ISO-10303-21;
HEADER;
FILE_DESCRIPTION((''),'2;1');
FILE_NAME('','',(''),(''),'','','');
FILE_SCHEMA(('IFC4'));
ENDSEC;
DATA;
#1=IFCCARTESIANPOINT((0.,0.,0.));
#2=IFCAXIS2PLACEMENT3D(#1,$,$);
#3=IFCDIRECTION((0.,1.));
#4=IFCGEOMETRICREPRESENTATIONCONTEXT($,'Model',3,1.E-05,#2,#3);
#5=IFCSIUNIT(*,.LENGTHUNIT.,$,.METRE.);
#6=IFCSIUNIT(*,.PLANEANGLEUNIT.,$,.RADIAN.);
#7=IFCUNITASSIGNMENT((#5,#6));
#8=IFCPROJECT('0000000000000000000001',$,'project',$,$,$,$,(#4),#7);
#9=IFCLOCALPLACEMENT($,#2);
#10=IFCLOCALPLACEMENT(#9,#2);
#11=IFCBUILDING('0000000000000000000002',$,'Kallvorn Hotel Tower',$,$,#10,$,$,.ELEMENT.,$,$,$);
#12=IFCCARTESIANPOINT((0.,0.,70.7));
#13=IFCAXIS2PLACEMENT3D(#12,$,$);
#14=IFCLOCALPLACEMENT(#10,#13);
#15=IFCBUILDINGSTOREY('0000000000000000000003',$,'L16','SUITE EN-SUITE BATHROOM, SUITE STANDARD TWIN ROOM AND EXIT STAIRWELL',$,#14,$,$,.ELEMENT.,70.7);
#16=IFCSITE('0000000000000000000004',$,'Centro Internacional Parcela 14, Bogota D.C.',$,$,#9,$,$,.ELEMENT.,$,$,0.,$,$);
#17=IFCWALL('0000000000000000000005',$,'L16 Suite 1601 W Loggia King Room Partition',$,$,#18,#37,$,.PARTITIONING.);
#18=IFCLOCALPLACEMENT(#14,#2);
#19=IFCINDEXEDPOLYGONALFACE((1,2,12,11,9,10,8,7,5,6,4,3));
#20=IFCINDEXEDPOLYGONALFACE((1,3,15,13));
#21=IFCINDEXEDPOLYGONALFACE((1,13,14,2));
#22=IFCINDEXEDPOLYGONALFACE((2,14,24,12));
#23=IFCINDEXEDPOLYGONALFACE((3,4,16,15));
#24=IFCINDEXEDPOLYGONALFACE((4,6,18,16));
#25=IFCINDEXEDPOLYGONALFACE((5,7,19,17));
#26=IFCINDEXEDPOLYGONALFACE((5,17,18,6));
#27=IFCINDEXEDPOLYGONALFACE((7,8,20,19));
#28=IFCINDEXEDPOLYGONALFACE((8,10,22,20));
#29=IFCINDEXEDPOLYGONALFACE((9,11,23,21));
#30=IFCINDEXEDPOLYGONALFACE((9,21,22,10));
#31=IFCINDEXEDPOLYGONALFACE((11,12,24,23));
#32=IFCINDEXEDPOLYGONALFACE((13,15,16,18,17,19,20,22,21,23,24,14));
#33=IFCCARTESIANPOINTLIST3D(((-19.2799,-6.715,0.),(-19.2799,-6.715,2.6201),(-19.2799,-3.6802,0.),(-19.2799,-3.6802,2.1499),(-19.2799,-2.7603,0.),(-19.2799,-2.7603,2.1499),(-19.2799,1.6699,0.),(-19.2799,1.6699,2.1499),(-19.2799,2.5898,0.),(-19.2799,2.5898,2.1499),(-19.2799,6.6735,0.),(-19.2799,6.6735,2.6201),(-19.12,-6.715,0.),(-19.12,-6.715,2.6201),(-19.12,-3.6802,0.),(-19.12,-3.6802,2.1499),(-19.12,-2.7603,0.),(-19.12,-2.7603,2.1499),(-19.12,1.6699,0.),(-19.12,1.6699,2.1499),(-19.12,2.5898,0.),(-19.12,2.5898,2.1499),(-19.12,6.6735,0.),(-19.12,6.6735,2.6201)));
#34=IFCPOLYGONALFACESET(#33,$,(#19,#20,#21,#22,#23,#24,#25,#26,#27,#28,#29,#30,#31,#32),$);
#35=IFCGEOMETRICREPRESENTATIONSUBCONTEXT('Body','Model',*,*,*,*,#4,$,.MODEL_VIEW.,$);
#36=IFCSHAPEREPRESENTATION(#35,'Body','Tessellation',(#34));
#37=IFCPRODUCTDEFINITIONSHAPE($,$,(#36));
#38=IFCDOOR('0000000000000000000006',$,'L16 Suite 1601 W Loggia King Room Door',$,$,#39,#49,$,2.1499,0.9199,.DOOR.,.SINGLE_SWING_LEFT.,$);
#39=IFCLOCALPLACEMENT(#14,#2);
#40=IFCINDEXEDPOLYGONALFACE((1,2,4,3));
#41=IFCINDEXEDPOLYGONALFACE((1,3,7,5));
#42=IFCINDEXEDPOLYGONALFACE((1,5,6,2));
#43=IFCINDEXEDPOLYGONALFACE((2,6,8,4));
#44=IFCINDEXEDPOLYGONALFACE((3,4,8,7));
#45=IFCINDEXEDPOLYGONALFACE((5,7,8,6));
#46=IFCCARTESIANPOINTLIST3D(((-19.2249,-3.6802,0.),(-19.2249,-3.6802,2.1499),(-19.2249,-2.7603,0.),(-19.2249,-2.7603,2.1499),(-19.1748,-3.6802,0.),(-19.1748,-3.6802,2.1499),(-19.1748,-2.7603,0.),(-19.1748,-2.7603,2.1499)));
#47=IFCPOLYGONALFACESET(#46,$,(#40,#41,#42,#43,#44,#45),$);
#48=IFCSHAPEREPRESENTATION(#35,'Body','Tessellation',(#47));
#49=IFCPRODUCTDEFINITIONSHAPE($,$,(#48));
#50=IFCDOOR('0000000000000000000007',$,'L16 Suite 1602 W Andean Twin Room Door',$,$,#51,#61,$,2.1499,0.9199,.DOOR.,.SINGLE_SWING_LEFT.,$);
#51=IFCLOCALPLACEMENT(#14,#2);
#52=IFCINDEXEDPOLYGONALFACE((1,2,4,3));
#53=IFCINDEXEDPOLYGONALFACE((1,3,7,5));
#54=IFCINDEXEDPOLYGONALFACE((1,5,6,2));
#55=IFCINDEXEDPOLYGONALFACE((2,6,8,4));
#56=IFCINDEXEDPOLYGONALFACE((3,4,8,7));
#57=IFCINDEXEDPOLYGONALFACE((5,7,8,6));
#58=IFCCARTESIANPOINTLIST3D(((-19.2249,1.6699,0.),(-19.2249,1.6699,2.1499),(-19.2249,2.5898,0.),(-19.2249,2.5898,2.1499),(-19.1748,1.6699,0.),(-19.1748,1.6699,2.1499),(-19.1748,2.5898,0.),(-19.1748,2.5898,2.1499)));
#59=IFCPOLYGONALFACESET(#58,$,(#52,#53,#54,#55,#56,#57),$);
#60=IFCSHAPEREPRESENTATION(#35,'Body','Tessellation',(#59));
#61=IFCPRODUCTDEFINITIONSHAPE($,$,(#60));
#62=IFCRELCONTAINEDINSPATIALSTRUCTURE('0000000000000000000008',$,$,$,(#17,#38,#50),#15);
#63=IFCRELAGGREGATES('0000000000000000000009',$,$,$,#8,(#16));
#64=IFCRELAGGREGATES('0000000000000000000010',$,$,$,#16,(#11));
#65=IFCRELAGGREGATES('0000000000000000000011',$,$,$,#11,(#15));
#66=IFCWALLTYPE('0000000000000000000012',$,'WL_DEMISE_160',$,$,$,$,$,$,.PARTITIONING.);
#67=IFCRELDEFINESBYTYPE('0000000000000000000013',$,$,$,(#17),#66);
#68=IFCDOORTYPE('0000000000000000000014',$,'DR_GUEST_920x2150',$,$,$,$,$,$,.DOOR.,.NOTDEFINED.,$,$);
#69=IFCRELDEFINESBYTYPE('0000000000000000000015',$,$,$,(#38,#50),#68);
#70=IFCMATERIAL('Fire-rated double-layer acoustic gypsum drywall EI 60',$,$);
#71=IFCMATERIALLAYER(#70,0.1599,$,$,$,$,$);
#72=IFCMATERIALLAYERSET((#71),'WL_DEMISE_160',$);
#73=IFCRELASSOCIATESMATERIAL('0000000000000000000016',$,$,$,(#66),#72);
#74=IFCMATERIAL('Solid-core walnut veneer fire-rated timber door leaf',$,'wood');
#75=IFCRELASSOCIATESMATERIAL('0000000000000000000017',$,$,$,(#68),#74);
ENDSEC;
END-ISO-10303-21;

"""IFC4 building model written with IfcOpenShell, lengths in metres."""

from ifc_helpers import new_model, si_unit, direction, frame, frame_2d, origin, place, context, subcontext, project, spatial, rectangle, extrude, material, layer, layer_set, type_object, element, fill, save


model = new_model("IFC4")

# Units and contexts
model_context = context("Model", 3, precision=1e-05, world=origin(), true_north=direction((0.0, 1.0)))
body_context = subcontext(model_context, "Body", "Model", "MODEL_VIEW")
ifc_project = project(units=[si_unit("LENGTHUNIT", "METRE"), si_unit("PLANEANGLEUNIT", "RADIAN")], contexts=[model_context])

# Site, building, storey
site_placement = place(None, origin())
site = spatial("IfcSite", under=ifc_project, at=site_placement, Name="Centro Internacional Parcela 14, Bogota D.C.", CompositionType="ELEMENT", RefElevation=0.0)
building_placement = place(site_placement, origin())
building = spatial("IfcBuilding", under=site, at=building_placement, Name="Kallvorn Hotel Tower", CompositionType="ELEMENT")
storey_placement = place(building_placement, frame((0.0, 0.0, 70.7)))
storey = spatial("IfcBuildingStorey", under=building, at=storey_placement, Name="L16", Description="SUITE EN-SUITE BATHROOM, SUITE STANDARD TWIN ROOM AND EXIT STAIRWELL", CompositionType="ELEMENT", Elevation=70.7)

# Shared definitions
ifc_material_1 = material(Name="Fire-rated double-layer acoustic gypsum drywall EI 60")
ifc_layer = layer(ifc_material_1, 0.1599)
ifc_layer_set = layer_set([ifc_layer], Name="WL_DEMISE_160")
wall_type = type_object("IfcWallType", Name="WL_DEMISE_160", PredefinedType="PARTITIONING", material=ifc_layer_set)

# Wall, openings, doors
wall_1_placement = place(storey_placement, frame((-19.2, -6.7151, 0.0), z_axis=(0.0, 0.0, 1.0), x_axis=(0.0, 1.0, 0.0)))
wall_1 = element("IfcWall", 1, at=wall_1_placement, inside=storey, type_object=wall_type, Name="L16 Suite 1601 W Loggia King Room Partition", PredefinedType="PARTITIONING", context=body_context, shape_type="SweptSolid", body=[
    extrude(rectangle(XDim=13.3884, YDim=0.1599, at=frame_2d((6.6943, 0.0))), origin(), (0.0, 0.0, 1.0), 2.6201),
])
opening_1_placement = place(wall_1_placement, frame((3.0349, 0.0, 0.0)))
opening_1 = element("IfcOpeningElement", 2, at=opening_1_placement, cuts=wall_1, PredefinedType="OPENING", context=body_context, shape_type="SweptSolid", body=[
    extrude(rectangle(XDim=0.9199, YDim=2.1499, at=frame_2d((0.46, 1.075))), frame((0.0, 0.095, 0.0), z_axis=(0.0, -1.0, 0.0), x_axis=(1.0, 0.0, 0.0)), (0.0, 0.0, 1.0), 0.1899),
])
opening_2_placement = place(wall_1_placement, frame((8.385, 0.0, 0.0)))
opening_2 = element("IfcOpeningElement", 3, at=opening_2_placement, cuts=wall_1, PredefinedType="OPENING", context=body_context, shape_type="SweptSolid", body=[
    extrude(rectangle(XDim=0.9199, YDim=2.1499, at=frame_2d((0.46, 1.075))), frame((0.0, 0.095, 0.0), z_axis=(0.0, -1.0, 0.0), x_axis=(1.0, 0.0, 0.0)), (0.0, 0.0, 1.0), 0.1899),
])
ifc_material_2 = material(Name="Solid-core walnut veneer fire-rated timber door leaf", Category="wood")
door_type_1 = type_object("IfcDoorType", Name="DR_GUEST_920x2150", OperationType="NOTDEFINED", PredefinedType="DOOR", material=ifc_material_2)
door_1_placement = place(opening_1_placement, origin())
door_1 = element("IfcDoor", 4, at=door_1_placement, inside=storey, type_object=door_type_1, Name="L16 Suite 1601 W Loggia King Room Door", OperationType="SINGLE_SWING_LEFT", OverallHeight=2.1499, OverallWidth=0.9199, PredefinedType="DOOR", context=body_context, shape_type="SweptSolid", body=[
    extrude(rectangle(XDim=0.9199, YDim=2.1499, at=frame_2d((0.46, 1.075))), frame((0.0, 0.0249, 0.0), z_axis=(0.0, -1.0, 0.0), x_axis=(1.0, 0.0, 0.0)), (0.0, 0.0, 1.0), 0.05),
])
fill(opening_1, door_1)
door_2_placement = place(opening_2_placement, origin())
door_2 = element("IfcDoor", 5, at=door_2_placement, inside=storey, type_object=door_type_1, Name="L16 Suite 1602 W Andean Twin Room Door", OperationType="SINGLE_SWING_LEFT", OverallHeight=2.1499, OverallWidth=0.9199, PredefinedType="DOOR", context=body_context, shape_type="SweptSolid", body=[
    extrude(rectangle(XDim=0.9199, YDim=2.1499, at=frame_2d((0.46, 1.075))), frame((0.0, 0.0249, 0.0), z_axis=(0.0, -1.0, 0.0), x_axis=(1.0, 0.0, 0.0)), (0.0, 0.0, 1.0), 0.05),
])
fill(opening_2, door_2)

save(model, "model.ifc")
